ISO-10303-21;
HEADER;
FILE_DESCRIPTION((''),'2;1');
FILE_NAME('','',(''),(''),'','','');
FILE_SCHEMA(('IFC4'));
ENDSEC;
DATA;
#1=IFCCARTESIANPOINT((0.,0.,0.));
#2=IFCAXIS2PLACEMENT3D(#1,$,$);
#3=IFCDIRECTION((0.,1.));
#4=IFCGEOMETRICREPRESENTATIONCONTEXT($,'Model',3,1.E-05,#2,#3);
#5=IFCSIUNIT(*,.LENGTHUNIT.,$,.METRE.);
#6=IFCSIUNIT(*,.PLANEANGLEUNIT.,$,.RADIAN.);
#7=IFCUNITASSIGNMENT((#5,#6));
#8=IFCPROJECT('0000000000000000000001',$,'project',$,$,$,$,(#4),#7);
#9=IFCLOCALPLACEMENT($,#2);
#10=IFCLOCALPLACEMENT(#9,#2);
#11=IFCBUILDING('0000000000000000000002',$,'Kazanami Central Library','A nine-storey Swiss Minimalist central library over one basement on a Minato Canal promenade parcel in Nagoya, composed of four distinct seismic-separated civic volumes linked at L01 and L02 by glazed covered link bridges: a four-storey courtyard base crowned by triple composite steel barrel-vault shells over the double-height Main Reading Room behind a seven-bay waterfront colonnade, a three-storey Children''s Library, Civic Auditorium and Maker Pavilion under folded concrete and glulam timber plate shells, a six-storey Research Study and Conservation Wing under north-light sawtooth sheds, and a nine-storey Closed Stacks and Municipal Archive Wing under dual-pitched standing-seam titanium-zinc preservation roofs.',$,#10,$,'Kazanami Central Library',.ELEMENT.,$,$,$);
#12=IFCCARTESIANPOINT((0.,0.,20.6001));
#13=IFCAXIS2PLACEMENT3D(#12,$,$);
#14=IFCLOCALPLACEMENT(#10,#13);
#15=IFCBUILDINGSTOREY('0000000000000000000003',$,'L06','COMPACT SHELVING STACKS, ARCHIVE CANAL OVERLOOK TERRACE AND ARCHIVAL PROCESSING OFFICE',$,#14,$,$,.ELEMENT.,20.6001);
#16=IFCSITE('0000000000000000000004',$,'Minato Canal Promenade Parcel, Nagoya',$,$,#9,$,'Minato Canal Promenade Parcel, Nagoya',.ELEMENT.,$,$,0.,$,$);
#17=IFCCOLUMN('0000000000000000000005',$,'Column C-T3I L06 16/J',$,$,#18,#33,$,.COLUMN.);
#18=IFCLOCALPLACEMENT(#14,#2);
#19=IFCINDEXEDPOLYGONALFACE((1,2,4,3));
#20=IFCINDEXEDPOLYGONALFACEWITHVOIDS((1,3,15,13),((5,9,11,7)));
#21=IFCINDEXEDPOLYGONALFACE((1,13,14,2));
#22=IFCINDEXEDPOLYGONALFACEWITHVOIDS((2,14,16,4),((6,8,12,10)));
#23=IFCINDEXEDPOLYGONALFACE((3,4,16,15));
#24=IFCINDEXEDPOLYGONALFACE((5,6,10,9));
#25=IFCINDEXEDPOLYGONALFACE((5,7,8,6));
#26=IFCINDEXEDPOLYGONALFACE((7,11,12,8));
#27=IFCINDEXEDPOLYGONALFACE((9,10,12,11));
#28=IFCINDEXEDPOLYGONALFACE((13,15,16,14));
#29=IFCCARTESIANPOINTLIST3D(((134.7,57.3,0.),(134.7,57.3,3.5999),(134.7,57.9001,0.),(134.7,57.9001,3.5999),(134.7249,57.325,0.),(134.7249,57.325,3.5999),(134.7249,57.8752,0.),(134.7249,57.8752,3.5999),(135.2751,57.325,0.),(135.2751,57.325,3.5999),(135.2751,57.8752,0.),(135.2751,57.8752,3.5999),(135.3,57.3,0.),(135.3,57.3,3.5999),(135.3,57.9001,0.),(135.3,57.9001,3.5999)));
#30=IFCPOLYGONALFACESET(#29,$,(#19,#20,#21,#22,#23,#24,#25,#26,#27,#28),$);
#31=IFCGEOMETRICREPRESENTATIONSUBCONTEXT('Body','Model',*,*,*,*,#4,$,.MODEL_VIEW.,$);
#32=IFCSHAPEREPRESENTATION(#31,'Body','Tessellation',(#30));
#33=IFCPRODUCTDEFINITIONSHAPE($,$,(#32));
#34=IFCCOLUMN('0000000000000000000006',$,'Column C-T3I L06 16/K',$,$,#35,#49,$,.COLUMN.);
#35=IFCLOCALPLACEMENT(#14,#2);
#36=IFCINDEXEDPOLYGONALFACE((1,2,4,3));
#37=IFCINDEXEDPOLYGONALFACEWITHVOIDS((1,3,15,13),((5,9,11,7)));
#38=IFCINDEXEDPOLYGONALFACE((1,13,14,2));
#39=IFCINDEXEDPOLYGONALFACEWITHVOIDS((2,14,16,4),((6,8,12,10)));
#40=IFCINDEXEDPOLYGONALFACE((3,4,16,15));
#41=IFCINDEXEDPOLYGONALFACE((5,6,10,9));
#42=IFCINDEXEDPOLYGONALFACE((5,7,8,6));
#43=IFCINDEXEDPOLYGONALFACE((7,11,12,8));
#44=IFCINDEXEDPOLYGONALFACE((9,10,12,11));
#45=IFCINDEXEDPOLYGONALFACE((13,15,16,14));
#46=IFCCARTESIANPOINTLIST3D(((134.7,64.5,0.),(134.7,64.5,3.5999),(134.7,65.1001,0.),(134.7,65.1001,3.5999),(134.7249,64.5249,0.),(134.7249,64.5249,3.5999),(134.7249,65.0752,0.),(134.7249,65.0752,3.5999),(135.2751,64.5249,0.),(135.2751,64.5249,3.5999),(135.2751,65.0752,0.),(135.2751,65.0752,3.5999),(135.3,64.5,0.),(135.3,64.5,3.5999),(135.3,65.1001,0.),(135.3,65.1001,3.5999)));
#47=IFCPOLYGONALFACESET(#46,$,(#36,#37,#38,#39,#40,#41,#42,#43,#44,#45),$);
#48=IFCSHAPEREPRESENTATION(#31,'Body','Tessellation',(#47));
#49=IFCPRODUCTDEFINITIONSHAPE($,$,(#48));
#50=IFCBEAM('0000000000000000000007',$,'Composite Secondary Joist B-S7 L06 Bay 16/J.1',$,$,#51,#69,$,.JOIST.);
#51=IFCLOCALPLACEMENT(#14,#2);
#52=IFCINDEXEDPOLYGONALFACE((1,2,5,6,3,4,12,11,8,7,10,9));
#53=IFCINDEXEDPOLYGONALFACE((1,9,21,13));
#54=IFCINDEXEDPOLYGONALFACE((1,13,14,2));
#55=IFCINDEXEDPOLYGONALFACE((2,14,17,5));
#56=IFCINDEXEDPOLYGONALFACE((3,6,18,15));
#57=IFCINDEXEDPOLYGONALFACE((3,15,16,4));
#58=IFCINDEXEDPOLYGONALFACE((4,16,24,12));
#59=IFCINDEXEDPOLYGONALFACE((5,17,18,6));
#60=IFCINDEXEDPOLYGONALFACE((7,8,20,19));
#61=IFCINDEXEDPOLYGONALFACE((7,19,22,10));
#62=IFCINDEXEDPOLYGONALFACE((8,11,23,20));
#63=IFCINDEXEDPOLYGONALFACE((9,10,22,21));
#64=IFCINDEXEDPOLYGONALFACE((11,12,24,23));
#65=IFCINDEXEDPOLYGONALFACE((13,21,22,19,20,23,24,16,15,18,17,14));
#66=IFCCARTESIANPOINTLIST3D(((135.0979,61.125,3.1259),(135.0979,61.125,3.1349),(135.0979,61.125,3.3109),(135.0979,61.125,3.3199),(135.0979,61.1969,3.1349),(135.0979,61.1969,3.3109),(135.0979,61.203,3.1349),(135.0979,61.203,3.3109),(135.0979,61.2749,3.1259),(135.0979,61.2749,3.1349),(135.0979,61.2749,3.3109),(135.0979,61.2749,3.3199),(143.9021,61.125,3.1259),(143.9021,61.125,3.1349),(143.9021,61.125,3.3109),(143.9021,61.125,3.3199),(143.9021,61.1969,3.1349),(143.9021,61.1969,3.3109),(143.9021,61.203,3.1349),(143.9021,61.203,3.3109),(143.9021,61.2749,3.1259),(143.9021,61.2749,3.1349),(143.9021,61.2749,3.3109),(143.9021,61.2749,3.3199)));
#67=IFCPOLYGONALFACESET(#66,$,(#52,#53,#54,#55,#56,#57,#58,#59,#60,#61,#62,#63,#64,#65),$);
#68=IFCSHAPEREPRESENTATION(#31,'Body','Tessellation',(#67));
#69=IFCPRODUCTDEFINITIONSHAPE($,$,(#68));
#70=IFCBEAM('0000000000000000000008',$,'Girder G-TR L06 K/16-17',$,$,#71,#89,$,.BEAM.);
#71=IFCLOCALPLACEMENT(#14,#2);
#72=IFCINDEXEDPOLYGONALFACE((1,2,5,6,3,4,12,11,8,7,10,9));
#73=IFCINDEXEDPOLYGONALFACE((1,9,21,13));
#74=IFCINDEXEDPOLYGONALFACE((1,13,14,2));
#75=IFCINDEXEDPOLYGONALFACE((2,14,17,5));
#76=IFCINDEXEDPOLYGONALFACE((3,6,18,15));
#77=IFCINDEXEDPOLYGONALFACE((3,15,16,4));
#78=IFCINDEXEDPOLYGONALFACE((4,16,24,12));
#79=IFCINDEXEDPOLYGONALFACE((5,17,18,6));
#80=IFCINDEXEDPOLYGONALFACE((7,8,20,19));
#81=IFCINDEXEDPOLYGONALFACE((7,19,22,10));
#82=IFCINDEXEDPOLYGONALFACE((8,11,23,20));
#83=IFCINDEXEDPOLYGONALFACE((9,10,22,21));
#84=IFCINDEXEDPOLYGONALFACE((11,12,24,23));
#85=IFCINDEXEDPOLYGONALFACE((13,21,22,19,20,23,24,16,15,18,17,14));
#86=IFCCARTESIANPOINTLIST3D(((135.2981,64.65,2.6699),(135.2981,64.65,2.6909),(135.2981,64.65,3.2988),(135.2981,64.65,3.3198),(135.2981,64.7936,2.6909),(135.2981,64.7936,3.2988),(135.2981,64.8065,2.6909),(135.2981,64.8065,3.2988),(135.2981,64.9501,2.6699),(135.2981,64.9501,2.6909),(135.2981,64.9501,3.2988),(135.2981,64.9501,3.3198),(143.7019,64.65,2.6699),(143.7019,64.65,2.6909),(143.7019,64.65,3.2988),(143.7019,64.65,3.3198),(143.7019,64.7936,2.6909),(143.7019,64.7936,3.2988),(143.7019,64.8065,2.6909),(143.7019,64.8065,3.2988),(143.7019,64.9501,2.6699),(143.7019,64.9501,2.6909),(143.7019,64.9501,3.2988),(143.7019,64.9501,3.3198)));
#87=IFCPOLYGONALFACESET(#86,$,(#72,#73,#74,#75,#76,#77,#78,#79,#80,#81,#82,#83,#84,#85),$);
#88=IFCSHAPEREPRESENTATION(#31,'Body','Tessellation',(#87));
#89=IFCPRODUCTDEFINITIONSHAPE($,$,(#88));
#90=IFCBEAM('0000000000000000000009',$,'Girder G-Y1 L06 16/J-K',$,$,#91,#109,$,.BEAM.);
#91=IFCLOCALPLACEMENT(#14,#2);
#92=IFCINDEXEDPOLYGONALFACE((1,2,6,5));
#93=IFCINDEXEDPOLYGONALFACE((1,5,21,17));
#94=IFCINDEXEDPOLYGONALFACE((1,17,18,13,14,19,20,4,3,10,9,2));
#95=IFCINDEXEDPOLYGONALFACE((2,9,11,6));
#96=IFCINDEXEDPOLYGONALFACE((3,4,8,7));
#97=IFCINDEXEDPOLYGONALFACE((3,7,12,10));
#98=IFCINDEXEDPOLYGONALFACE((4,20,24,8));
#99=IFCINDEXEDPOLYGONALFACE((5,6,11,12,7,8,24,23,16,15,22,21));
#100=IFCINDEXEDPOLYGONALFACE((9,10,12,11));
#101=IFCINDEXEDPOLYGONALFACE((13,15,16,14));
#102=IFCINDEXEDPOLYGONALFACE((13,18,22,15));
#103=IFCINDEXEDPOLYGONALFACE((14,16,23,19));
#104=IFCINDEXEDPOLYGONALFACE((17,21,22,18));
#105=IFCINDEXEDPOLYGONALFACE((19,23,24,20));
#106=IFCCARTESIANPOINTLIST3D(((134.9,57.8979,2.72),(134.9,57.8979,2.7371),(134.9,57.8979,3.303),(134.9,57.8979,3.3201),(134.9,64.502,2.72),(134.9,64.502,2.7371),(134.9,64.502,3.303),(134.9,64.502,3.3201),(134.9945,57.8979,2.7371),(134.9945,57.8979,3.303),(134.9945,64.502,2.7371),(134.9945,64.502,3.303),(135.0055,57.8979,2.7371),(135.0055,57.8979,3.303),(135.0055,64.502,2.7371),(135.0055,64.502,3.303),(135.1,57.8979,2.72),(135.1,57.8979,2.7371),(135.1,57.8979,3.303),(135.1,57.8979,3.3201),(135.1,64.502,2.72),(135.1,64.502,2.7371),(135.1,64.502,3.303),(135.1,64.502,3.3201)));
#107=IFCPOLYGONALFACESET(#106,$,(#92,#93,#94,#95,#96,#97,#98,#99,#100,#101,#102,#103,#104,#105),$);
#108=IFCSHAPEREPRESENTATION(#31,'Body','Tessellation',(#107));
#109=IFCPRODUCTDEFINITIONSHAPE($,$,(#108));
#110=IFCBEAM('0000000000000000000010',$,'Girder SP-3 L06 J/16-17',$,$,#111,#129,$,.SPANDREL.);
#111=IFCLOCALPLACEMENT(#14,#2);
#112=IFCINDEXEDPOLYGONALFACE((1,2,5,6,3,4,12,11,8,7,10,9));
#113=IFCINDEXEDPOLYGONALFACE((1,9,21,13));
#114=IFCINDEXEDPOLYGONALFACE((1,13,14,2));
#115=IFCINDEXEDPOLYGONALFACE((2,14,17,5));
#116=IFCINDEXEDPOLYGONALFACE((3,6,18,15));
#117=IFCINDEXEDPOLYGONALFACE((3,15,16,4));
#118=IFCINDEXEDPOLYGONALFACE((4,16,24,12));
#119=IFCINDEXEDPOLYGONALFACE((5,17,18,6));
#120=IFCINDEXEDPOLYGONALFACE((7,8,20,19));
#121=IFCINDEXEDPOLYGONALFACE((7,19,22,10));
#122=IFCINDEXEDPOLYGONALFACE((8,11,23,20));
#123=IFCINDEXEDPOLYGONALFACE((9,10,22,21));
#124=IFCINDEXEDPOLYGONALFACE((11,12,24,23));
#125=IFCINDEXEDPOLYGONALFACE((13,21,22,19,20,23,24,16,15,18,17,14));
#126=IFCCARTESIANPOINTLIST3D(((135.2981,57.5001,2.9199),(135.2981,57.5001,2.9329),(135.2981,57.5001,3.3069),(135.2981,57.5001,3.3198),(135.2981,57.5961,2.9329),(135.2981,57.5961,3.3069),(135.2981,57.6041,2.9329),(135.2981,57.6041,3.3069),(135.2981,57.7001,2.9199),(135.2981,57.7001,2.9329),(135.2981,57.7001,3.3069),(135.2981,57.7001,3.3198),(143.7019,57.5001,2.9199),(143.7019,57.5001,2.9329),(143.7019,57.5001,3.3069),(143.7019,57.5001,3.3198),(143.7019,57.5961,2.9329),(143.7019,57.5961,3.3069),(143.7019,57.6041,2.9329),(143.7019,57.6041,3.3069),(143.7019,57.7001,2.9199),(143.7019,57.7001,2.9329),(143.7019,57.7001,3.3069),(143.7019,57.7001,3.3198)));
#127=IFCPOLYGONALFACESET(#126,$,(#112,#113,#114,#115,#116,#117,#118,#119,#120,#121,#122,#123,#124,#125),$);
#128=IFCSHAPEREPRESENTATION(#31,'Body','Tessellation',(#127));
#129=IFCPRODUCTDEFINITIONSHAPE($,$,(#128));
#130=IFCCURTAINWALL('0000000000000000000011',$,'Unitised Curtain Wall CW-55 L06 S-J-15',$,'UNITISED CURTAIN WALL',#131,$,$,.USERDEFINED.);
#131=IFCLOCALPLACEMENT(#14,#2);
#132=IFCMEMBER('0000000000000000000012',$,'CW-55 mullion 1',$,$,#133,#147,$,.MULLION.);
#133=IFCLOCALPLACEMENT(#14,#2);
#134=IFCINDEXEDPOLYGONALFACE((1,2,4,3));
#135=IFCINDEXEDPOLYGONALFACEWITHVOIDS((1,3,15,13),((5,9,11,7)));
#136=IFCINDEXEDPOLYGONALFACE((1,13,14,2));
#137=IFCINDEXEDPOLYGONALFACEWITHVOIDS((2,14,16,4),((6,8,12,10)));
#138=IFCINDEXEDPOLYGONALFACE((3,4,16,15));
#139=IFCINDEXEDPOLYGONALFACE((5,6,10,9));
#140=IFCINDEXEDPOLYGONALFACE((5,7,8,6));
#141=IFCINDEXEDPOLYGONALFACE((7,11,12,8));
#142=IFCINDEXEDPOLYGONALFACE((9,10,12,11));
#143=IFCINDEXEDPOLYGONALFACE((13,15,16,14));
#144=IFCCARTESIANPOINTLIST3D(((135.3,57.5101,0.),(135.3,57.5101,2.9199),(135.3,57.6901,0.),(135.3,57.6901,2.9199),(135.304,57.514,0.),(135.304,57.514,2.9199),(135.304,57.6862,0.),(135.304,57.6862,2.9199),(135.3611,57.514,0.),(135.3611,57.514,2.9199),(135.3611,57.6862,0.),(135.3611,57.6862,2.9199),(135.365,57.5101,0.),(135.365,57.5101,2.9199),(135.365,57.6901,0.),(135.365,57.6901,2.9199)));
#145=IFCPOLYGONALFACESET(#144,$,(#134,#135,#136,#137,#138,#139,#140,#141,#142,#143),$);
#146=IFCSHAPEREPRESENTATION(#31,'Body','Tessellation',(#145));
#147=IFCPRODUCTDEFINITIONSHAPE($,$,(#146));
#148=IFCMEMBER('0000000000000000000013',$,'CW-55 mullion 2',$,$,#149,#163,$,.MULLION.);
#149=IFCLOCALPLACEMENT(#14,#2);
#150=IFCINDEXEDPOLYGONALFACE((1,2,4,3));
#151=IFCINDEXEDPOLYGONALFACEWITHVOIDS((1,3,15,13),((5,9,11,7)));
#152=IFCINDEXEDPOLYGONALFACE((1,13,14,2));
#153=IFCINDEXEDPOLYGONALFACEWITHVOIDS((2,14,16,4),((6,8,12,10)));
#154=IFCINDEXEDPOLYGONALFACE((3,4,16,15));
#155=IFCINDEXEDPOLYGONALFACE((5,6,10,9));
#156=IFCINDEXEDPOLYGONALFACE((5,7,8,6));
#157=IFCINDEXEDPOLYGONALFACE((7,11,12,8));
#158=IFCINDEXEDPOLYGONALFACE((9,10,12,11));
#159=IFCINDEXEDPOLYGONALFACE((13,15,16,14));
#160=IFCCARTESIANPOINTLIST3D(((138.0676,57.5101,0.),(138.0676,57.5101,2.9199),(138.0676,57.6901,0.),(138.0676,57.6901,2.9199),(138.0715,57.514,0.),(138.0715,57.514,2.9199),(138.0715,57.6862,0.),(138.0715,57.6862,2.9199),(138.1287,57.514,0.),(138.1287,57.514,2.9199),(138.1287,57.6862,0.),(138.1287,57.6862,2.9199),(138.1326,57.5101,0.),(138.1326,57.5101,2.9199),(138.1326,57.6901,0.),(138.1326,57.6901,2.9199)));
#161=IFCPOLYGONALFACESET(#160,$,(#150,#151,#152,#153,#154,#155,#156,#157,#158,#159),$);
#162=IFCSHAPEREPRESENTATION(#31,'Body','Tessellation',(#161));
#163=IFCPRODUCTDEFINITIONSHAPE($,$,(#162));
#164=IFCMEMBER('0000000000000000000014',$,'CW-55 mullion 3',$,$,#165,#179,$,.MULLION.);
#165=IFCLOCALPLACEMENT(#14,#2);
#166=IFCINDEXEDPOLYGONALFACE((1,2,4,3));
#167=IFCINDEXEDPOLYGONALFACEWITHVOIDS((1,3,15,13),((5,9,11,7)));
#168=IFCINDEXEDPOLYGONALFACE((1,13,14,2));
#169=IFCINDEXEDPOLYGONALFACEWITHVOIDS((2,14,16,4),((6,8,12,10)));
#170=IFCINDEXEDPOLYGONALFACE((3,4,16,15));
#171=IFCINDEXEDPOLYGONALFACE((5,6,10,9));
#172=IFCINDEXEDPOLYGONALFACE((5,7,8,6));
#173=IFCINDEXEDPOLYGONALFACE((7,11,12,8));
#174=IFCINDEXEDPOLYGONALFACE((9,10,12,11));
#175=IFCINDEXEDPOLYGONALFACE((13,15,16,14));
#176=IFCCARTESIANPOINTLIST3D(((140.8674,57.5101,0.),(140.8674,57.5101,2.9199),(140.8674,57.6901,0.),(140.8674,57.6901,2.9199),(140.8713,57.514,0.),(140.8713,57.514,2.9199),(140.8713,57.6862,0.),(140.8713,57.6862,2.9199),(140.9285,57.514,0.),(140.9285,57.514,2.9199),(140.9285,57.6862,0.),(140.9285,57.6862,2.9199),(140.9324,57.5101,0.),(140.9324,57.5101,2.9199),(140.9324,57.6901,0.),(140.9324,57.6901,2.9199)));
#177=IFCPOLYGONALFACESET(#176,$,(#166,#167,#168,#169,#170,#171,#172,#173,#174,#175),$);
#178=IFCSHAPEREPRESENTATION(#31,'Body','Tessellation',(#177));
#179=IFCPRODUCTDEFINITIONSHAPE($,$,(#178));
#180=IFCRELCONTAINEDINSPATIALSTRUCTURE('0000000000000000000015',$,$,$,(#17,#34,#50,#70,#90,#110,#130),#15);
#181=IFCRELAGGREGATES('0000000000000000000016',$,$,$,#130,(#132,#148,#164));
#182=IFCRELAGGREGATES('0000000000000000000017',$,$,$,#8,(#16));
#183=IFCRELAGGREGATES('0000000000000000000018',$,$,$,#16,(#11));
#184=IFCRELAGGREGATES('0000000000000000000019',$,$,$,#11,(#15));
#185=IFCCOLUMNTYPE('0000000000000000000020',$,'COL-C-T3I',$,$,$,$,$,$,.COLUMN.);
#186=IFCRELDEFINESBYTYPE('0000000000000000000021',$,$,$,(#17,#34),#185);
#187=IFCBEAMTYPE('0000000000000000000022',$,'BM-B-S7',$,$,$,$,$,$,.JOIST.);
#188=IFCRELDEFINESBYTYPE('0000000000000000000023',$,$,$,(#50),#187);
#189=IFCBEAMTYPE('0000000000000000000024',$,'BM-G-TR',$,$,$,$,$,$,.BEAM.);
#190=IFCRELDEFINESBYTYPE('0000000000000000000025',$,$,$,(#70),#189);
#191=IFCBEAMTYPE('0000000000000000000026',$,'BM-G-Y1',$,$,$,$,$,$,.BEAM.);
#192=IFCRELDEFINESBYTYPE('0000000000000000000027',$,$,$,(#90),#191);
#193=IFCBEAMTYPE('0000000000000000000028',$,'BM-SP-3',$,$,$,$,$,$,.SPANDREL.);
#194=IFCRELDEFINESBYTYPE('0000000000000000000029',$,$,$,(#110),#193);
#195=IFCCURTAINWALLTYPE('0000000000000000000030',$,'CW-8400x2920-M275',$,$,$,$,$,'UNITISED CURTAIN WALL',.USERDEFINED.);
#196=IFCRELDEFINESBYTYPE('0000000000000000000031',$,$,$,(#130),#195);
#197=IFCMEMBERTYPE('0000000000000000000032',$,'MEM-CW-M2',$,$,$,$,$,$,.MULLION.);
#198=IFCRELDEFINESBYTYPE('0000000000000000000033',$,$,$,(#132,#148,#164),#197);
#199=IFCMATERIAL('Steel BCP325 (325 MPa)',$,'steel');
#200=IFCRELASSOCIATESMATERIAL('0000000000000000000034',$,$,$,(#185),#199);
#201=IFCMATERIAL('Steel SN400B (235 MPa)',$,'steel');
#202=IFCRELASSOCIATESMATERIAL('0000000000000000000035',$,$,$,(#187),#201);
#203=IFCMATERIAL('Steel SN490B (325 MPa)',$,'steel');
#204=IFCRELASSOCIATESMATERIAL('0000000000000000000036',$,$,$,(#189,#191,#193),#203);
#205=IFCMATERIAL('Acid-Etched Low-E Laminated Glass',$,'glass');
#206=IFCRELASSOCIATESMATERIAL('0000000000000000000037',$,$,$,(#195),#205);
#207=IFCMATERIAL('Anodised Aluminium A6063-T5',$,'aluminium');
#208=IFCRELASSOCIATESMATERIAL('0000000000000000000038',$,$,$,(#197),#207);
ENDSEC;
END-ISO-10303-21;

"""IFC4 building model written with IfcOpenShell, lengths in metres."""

from ifc_helpers import new_model, si_unit, direction, frame, origin, origin_2d, place, context, subcontext, project, spatial, hollow_rectangle, i_section, extrude, material, material_profile, profile_set, type_object, element, aggregate, save


model = new_model("IFC4")

# Units and contexts
model_context = context("Model", 3, precision=1e-05, world=origin(), true_north=direction((0.0, 1.0)))
body_context = subcontext(model_context, "Body", "Model", "MODEL_VIEW")
ifc_project = project(units=[si_unit("LENGTHUNIT", "METRE"), si_unit("PLANEANGLEUNIT", "RADIAN")], contexts=[model_context])

# Site, building, storey
site_placement = place(None, origin())
site = spatial("IfcSite", under=ifc_project, at=site_placement, Name="Minato Canal Promenade Parcel, Nagoya", LongName="Minato Canal Promenade Parcel, Nagoya", CompositionType="ELEMENT", RefElevation=0.0)
building_placement = place(site_placement, origin())
building = spatial("IfcBuilding", under=site, at=building_placement, Name="Kazanami Central Library", Description="A nine-storey Swiss Minimalist central library over one basement on a Minato Canal promenade parcel in Nagoya, composed of four distinct seismic-separated civic volumes linked at L01 and L02 by glazed covered link bridges: a four-storey courtyard base crowned by triple composite steel barrel-vault shells over the double-height Main Reading Room behind a seven-bay waterfront colonnade, a three-storey Children's Library, Civic Auditorium and Maker Pavilion under folded concrete and glulam timber plate shells, a six-storey Research Study and Conservation Wing under north-light sawtooth sheds, and a nine-storey Closed Stacks and Municipal Archive Wing under dual-pitched standing-seam titanium-zinc preservation roofs.", LongName="Kazanami Central Library", CompositionType="ELEMENT")
storey_placement = place(building_placement, frame((0.0, 0.0, 20.6001)))
storey = spatial("IfcBuildingStorey", under=building, at=storey_placement, Name="L06", Description="COMPACT SHELVING STACKS, ARCHIVE CANAL OVERLOOK TERRACE AND ARCHIVAL PROCESSING OFFICE", CompositionType="ELEMENT", Elevation=20.6001)

# Columns
ifc_material_1 = material(Name="Steel BCP325 (325 MPa)", Category="steel")
ifc_material_profile_1 = material_profile(ifc_material_1, hollow_rectangle(XDim=0.6001, YDim=0.6001, WallThickness=0.0249, at=origin_2d()), Name="BCP-600x600x25")
ifc_profile_set_1 = profile_set([ifc_material_profile_1], Name="Steel BCP325 (325 MPa)")
column_type = type_object("IfcColumnType", Name="COL-C-T3I", PredefinedType="COLUMN", material=ifc_profile_set_1)
for number, where, z_axis, x_axis, name in (
    (1, (135.0, 57.6001, 0.0), (0.0, 0.0, 1.0), (1.0, 0.0, 0.0), "Column C-T3I L06 16/J"),
    (2, (135.0, 64.8, 0.0), (0.0, 0.0, 1.0), (1.0, 0.0, 0.0), "Column C-T3I L06 16/K"),
):
    element("IfcColumn", number, at=place(storey_placement, frame(where, z_axis=z_axis, x_axis=x_axis)), inside=storey, type_object=column_type, Name=name, PredefinedType="COLUMN", context=body_context, shape_type="SweptSolid", body=[
        extrude(hollow_rectangle(XDim=0.6001, YDim=0.6001, WallThickness=0.0249, at=origin_2d()), origin(), (0.0, 0.0, 1.0), 3.5999),
    ])

# Beams
ifc_material_2 = material(Name="Steel SN400B (235 MPa)", Category="steel")
ifc_material_profile_2 = material_profile(ifc_material_2, i_section(OverallWidth=0.1499, OverallDepth=0.1941, WebThickness=0.0061, FlangeThickness=0.009, at=origin_2d()), Name="H-194x150x6x9")
ifc_profile_set_2 = profile_set([ifc_material_profile_2], Name="Steel SN400B (235 MPa)")
beam_type_1 = type_object("IfcBeamType", Name="BM-B-S7", PredefinedType="JOIST", material=ifc_profile_set_2)
beam_1_placement = place(storey_placement, frame((135.0979, 61.2, 3.2229), z_axis=(1.0, 0.0, 0.0), x_axis=(0.0, 1.0, 0.0)))
element("IfcBeam", 3, at=beam_1_placement, inside=storey, type_object=beam_type_1, Name="Composite Secondary Joist B-S7 L06 Bay 16/J.1", PredefinedType="JOIST", context=body_context, shape_type="SweptSolid", body=[
    extrude(i_section(OverallWidth=0.1499, OverallDepth=0.1941, WebThickness=0.0061, FlangeThickness=0.009, at=origin_2d()), origin(), (0.0, 0.0, 1.0), 8.8042),
])
ifc_material_3 = material(Name="Steel SN490B (325 MPa)", Category="steel")
ifc_material_profile_3 = material_profile(ifc_material_3, i_section(OverallWidth=0.3, OverallDepth=0.6499, WebThickness=0.0129, FlangeThickness=0.021, at=origin_2d()), Name="H-650x300x13x21")
ifc_profile_set_3 = profile_set([ifc_material_profile_3], Name="Steel SN490B (325 MPa)")
beam_type_2 = type_object("IfcBeamType", Name="BM-G-TR", PredefinedType="BEAM", material=ifc_profile_set_3)
beam_2_placement = place(storey_placement, frame((135.2981, 64.8, 2.9949), z_axis=(1.0, 0.0, 0.0), x_axis=(0.0, 1.0, 0.0)))
element("IfcBeam", 4, at=beam_2_placement, inside=storey, type_object=beam_type_2, Name="Girder G-TR L06 K/16-17", PredefinedType="BEAM", context=body_context, shape_type="SweptSolid", body=[
    extrude(i_section(OverallWidth=0.3, OverallDepth=0.6499, WebThickness=0.0129, FlangeThickness=0.021, at=origin_2d()), origin(), (0.0, 0.0, 1.0), 8.4038),
])
ifc_material_profile_4 = material_profile(ifc_material_3, i_section(OverallWidth=0.2, OverallDepth=0.6001, WebThickness=0.011, FlangeThickness=0.0171, at=origin_2d()), Name="H-600x200x11x17")
ifc_profile_set_4 = profile_set([ifc_material_profile_4], Name="Steel SN490B (325 MPa)")
beam_type_3 = type_object("IfcBeamType", Name="BM-G-Y1", PredefinedType="BEAM", material=ifc_profile_set_4)
beam_3_placement = place(storey_placement, frame((135.0, 57.8979, 3.02), z_axis=(0.0, 1.0, 0.0), x_axis=(-1.0, 0.0, 0.0)))
element("IfcBeam", 5, at=beam_3_placement, inside=storey, type_object=beam_type_3, Name="Girder G-Y1 L06 16/J-K", PredefinedType="BEAM", context=body_context, shape_type="SweptSolid", body=[
    extrude(i_section(OverallWidth=0.2, OverallDepth=0.6001, WebThickness=0.011, FlangeThickness=0.0171, at=origin_2d()), origin(), (0.0, 0.0, 1.0), 6.604),
])
ifc_material_profile_5 = material_profile(ifc_material_3, i_section(OverallWidth=0.2, OverallDepth=0.3999, WebThickness=0.0081, FlangeThickness=0.0129, at=origin_2d()), Name="H-400x200x8x13")
ifc_profile_set_5 = profile_set([ifc_material_profile_5], Name="Steel SN490B (325 MPa)")
beam_type_4 = type_object("IfcBeamType", Name="BM-SP-3", PredefinedType="SPANDREL", material=ifc_profile_set_5)
beam_4_placement = place(storey_placement, frame((135.2981, 57.6001, 3.1199), z_axis=(1.0, 0.0, 0.0), x_axis=(0.0, 1.0, 0.0)))
element("IfcBeam", 6, at=beam_4_placement, inside=storey, type_object=beam_type_4, Name="Girder SP-3 L06 J/16-17", PredefinedType="SPANDREL", context=body_context, shape_type="SweptSolid", body=[
    extrude(i_section(OverallWidth=0.2, OverallDepth=0.3999, WebThickness=0.0081, FlangeThickness=0.0129, at=origin_2d()), origin(), (0.0, 0.0, 1.0), 8.4038),
])

# Curtain wall, members
ifc_material_4 = material(Name="Acid-Etched Low-E Laminated Glass", Category="glass")
curtain_wall_type = type_object("IfcCurtainWallType", Name="CW-8400x2920-M275", ElementType="UNITISED CURTAIN WALL", PredefinedType="USERDEFINED", material=ifc_material_4)
curtain_wall_placement = place(storey_placement, origin())
curtain_wall = element("IfcCurtainWall", 7, at=curtain_wall_placement, inside=storey, type_object=curtain_wall_type, Name="Unitised Curtain Wall CW-55 L06 S-J-15", ObjectType="UNITISED CURTAIN WALL", PredefinedType="USERDEFINED")
ifc_material_5 = material(Name="Anodised Aluminium A6063-T5", Category="aluminium")
ifc_material_profile_6 = material_profile(ifc_material_5, hollow_rectangle(XDim=0.0649, YDim=0.1799, WallThickness=0.0039, at=origin_2d()), Name="ALU-MULL-65x180x4")
ifc_profile_set_6 = profile_set([ifc_material_profile_6], Name="Anodised Aluminium A6063-T5")
member_type_1 = type_object("IfcMemberType", Name="MEM-CW-M2", PredefinedType="MULLION", material=ifc_profile_set_6)
member_1_placement = place(storey_placement, frame((135.3325, 57.6001, 0.0), z_axis=(0.0, 0.0, 1.0), x_axis=(1.0, 0.0, 0.0)))
member_1 = element("IfcMember", 8, at=member_1_placement, type_object=member_type_1, Name="CW-55 mullion 1", PredefinedType="MULLION", context=body_context, shape_type="SweptSolid", body=[
    extrude(hollow_rectangle(XDim=0.0649, YDim=0.1799, WallThickness=0.0039, at=origin_2d()), origin(), (0.0, 0.0, 1.0), 2.9199),
])
member_2_placement = place(storey_placement, frame((138.1001, 57.6001, 0.0), z_axis=(0.0, 0.0, 1.0), x_axis=(1.0, 0.0, 0.0)))
member_2 = element("IfcMember", 9, at=member_2_placement, type_object=member_type_1, Name="CW-55 mullion 2", PredefinedType="MULLION", context=body_context, shape_type="SweptSolid", body=[
    extrude(hollow_rectangle(XDim=0.0649, YDim=0.1799, WallThickness=0.0039, at=origin_2d()), origin(), (0.0, 0.0, 1.0), 2.9199),
])
member_3_placement = place(storey_placement, frame((140.8999, 57.6001, 0.0), z_axis=(0.0, 0.0, 1.0), x_axis=(1.0, 0.0, 0.0)))
member_3 = element("IfcMember", 10, at=member_3_placement, type_object=member_type_1, Name="CW-55 mullion 3", PredefinedType="MULLION", context=body_context, shape_type="SweptSolid", body=[
    extrude(hollow_rectangle(XDim=0.0649, YDim=0.1799, WallThickness=0.0039, at=origin_2d()), origin(), (0.0, 0.0, 1.0), 2.9199),
])
aggregate(curtain_wall, [member_1, member_2, member_3])

save(model, "model.ifc")
